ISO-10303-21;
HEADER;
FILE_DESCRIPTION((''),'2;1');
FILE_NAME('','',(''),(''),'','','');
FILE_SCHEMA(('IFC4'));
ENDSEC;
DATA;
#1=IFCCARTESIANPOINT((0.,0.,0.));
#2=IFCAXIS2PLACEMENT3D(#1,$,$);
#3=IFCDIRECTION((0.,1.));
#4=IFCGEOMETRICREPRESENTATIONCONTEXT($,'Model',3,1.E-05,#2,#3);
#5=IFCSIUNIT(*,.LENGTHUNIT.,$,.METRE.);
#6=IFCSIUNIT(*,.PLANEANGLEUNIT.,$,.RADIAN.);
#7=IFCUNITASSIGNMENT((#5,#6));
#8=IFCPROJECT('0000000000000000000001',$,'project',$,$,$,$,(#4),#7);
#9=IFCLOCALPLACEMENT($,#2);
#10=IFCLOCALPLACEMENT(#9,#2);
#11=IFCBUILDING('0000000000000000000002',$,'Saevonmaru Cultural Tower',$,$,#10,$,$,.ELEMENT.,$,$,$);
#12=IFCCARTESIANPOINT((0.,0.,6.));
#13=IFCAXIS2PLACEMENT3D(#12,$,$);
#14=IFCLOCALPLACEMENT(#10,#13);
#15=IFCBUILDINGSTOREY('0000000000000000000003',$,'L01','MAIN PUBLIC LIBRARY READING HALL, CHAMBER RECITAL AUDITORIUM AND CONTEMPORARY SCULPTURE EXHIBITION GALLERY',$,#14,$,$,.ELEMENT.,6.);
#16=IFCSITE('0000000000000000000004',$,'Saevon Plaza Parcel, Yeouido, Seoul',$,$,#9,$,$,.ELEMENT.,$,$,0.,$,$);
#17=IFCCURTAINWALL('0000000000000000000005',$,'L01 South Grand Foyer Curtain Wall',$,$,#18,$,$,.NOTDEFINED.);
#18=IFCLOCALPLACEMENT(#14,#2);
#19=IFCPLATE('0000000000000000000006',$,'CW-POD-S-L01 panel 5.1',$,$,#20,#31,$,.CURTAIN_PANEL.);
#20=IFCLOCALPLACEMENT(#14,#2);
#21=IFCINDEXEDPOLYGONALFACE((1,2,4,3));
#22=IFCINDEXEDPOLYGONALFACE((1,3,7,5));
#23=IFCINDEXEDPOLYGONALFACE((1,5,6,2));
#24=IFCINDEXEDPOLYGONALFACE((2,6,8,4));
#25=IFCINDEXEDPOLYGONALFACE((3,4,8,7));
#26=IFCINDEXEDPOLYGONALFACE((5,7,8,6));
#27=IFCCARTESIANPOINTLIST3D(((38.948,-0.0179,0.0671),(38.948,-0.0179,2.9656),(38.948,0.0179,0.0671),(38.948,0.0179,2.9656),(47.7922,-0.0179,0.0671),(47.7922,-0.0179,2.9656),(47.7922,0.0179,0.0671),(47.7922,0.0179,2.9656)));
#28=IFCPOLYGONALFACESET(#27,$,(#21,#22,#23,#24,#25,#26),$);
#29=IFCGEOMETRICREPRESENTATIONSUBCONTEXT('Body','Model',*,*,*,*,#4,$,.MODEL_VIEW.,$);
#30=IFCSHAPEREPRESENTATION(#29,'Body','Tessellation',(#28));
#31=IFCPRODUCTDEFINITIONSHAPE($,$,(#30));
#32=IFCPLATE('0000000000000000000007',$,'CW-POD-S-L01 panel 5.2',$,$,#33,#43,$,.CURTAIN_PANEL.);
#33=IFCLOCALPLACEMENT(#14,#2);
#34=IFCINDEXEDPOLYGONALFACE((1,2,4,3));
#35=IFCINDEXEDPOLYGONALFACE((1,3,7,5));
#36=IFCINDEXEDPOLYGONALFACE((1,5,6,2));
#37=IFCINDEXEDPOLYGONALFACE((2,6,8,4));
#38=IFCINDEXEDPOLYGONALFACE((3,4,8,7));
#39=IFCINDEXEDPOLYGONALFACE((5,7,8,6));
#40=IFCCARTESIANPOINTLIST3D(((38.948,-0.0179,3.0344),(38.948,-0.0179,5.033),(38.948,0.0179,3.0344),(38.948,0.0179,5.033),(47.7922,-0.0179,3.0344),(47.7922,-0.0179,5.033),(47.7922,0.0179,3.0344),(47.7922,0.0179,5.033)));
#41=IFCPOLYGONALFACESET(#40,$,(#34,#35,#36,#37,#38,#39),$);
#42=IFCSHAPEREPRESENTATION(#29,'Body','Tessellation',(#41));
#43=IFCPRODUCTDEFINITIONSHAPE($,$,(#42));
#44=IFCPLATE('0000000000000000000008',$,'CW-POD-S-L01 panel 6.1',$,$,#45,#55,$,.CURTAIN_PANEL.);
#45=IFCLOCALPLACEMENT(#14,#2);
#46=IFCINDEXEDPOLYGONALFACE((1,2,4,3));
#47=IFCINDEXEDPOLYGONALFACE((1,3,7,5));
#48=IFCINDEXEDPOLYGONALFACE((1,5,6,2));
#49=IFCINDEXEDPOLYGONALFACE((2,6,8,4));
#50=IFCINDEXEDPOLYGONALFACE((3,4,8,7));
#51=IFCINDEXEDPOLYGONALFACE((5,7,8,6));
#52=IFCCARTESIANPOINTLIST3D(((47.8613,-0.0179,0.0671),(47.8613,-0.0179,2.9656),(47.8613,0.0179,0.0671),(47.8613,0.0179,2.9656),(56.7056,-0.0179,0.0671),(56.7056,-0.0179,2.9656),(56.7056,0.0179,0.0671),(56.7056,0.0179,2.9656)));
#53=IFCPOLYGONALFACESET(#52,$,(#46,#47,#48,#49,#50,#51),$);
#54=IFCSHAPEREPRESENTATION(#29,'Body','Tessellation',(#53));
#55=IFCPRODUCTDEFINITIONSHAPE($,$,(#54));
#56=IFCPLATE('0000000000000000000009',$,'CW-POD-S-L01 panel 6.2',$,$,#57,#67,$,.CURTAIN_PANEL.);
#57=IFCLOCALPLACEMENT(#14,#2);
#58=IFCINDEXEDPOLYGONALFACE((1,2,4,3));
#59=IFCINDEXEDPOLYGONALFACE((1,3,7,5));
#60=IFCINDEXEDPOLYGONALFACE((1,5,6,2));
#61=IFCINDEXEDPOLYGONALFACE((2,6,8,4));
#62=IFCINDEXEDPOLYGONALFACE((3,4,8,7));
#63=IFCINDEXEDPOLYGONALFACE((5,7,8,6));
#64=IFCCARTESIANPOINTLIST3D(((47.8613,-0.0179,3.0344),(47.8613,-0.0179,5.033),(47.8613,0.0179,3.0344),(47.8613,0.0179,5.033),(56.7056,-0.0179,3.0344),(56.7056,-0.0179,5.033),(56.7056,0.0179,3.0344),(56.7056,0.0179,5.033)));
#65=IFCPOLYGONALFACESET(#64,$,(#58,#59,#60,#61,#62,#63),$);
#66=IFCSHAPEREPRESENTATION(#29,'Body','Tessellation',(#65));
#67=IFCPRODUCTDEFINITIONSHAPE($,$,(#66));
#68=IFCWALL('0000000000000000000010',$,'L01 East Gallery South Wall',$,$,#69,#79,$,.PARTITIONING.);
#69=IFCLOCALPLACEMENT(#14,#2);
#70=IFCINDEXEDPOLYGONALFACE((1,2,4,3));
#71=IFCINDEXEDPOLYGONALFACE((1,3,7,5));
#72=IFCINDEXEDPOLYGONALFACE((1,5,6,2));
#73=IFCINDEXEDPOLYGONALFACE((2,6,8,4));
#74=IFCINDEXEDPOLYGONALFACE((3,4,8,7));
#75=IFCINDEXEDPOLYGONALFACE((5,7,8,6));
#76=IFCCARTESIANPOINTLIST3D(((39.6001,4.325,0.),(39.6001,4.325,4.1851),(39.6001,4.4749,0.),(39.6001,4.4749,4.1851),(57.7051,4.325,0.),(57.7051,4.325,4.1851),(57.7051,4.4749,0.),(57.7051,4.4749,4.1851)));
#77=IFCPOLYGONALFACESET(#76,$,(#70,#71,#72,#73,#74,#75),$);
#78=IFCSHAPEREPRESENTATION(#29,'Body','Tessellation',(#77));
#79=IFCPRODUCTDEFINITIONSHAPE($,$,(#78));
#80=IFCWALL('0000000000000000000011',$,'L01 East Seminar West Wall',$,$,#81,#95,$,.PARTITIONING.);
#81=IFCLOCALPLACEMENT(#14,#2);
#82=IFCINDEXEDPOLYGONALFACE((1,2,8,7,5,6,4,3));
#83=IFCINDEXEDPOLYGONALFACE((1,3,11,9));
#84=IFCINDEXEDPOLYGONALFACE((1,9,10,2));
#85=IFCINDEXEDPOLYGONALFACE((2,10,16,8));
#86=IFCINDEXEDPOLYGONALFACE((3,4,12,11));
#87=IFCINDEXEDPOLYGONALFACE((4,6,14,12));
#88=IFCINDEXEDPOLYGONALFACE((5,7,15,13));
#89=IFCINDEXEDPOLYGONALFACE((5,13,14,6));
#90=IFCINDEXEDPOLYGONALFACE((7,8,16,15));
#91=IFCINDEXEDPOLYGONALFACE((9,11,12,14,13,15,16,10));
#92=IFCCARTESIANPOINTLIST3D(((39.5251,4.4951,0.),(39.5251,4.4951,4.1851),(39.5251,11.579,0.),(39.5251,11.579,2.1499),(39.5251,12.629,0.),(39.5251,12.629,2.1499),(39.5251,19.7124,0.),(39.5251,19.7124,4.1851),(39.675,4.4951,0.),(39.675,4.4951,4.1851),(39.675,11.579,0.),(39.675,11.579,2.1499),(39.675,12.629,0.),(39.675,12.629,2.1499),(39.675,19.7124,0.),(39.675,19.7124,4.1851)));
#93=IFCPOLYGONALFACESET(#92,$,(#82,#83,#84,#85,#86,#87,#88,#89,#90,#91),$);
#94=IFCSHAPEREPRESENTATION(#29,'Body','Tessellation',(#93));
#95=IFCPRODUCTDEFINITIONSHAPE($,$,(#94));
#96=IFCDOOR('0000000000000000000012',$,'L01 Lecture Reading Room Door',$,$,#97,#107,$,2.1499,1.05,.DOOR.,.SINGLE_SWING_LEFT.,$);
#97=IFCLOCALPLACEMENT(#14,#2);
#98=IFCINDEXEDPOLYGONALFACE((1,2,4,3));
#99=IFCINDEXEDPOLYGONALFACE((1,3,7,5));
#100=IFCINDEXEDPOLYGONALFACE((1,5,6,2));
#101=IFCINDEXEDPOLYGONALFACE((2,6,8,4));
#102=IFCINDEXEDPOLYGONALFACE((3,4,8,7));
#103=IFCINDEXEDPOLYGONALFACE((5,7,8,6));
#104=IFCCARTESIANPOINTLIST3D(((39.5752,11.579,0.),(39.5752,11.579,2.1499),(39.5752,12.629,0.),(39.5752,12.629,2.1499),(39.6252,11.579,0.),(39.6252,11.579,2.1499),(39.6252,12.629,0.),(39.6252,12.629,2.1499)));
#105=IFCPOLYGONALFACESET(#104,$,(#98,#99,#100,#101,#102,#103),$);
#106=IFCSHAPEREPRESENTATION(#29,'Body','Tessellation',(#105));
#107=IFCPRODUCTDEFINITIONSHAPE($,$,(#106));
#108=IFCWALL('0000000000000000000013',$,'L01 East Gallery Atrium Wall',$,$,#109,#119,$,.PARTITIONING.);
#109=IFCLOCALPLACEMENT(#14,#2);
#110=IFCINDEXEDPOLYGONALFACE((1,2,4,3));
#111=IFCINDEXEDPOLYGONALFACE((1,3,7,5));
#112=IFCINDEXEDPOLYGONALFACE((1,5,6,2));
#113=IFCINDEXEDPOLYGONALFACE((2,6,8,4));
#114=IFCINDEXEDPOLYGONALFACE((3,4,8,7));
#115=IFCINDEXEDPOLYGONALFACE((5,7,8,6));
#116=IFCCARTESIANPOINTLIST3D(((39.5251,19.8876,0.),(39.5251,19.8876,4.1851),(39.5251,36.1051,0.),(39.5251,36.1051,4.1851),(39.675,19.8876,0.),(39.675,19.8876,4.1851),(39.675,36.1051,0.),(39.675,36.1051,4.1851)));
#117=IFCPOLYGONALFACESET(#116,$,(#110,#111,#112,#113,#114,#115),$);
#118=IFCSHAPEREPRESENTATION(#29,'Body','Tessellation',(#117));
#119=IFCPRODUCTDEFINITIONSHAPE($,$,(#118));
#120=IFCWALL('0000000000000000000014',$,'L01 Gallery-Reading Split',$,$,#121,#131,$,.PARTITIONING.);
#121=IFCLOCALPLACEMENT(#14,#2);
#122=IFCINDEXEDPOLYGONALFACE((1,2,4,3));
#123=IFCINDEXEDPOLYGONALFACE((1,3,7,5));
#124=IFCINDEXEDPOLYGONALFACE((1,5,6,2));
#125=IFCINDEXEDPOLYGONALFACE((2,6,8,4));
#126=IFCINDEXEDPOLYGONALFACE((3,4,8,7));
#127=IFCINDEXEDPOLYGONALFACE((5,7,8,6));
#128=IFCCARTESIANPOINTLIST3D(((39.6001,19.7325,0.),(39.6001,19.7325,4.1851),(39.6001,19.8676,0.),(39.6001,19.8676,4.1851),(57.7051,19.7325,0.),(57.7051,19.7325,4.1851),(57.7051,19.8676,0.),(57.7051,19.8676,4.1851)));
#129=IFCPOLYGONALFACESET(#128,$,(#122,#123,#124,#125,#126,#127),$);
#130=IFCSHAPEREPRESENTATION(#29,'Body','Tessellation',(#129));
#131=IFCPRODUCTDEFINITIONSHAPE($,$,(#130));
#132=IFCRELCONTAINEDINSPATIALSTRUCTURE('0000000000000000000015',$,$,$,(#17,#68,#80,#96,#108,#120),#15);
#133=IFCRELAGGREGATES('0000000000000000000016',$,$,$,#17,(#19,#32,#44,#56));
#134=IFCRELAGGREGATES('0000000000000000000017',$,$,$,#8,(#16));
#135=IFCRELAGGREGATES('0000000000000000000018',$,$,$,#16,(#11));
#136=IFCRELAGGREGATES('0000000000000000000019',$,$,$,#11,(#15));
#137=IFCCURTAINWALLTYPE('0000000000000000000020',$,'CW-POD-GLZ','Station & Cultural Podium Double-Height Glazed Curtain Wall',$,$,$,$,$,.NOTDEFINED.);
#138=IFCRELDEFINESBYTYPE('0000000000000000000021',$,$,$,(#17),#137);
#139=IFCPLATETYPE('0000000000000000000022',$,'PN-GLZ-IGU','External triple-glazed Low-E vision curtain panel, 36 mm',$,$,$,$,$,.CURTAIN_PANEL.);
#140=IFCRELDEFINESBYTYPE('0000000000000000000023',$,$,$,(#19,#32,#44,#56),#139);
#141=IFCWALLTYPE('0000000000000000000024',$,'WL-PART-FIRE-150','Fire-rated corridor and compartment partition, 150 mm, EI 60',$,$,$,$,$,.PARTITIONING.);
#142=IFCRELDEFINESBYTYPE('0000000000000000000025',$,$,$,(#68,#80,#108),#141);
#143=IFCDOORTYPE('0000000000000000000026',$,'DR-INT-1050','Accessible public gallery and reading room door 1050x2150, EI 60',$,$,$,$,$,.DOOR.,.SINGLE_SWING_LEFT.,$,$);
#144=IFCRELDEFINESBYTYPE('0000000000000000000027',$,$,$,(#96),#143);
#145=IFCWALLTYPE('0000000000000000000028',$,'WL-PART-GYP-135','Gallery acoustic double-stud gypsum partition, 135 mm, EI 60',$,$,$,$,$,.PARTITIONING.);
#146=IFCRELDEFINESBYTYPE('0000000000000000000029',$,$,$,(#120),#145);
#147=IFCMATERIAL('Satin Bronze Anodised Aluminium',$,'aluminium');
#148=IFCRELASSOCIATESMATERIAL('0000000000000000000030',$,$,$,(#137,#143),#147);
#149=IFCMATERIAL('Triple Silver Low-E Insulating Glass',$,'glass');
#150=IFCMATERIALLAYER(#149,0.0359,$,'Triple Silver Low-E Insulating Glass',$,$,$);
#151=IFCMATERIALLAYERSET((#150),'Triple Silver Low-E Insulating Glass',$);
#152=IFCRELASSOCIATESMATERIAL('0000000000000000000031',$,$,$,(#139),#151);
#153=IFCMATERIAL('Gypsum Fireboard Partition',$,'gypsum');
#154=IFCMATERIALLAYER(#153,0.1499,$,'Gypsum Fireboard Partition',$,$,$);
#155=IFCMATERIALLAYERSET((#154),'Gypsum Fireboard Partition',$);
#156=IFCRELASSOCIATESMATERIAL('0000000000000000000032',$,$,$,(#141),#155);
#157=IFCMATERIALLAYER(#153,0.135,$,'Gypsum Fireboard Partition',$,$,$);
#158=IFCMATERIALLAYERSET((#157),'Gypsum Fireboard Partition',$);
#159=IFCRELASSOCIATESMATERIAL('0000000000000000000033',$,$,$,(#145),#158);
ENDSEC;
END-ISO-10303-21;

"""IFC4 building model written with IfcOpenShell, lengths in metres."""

from ifc_helpers import new_model, si_unit, direction, frame, frame_2d, origin, origin_2d, place, context, subcontext, project, spatial, rectangle, extrude, material, layer, layer_set, type_object, element, fill, aggregate, save


model = new_model("IFC4")

# Units and contexts
model_context = context("Model", 3, precision=1e-05, world=origin(), true_north=direction((0.0, 1.0)))
body_context = subcontext(model_context, "Body", "Model", "MODEL_VIEW")
ifc_project = project(units=[si_unit("LENGTHUNIT", "METRE"), si_unit("PLANEANGLEUNIT", "RADIAN")], contexts=[model_context])

# Site, building, storey
site_placement = place(None, origin())
site = spatial("IfcSite", under=ifc_project, at=site_placement, Name="Saevon Plaza Parcel, Yeouido, Seoul", CompositionType="ELEMENT", RefElevation=0.0)
building_placement = place(site_placement, origin())
building = spatial("IfcBuilding", under=site, at=building_placement, Name="Saevonmaru Cultural Tower", CompositionType="ELEMENT")
storey_placement = place(building_placement, frame((0.0, 0.0, 6.0)))
storey = spatial("IfcBuildingStorey", under=building, at=storey_placement, Name="L01", Description="MAIN PUBLIC LIBRARY READING HALL, CHAMBER RECITAL AUDITORIUM AND CONTEMPORARY SCULPTURE EXHIBITION GALLERY", CompositionType="ELEMENT", Elevation=6.0)

# Curtain wall, plates
ifc_material_1 = material(Name="Satin Bronze Anodised Aluminium", Category="aluminium")
curtain_wall_type = type_object("IfcCurtainWallType", Name="CW-POD-GLZ", Description="Station & Cultural Podium Double-Height Glazed Curtain Wall", PredefinedType="NOTDEFINED", material=ifc_material_1)
curtain_wall_placement = place(storey_placement, origin())
curtain_wall = element("IfcCurtainWall", 1, at=curtain_wall_placement, inside=storey, type_object=curtain_wall_type, Name="L01 South Grand Foyer Curtain Wall", PredefinedType="NOTDEFINED")
ifc_material_2 = material(Name="Triple Silver Low-E Insulating Glass", Category="glass")
ifc_layer_1 = layer(ifc_material_2, 0.0359, Name="Triple Silver Low-E Insulating Glass")
ifc_layer_set_1 = layer_set([ifc_layer_1], Name="Triple Silver Low-E Insulating Glass")
plate_type = type_object("IfcPlateType", Name="PN-GLZ-IGU", Description="External triple-glazed Low-E vision curtain panel, 36 mm", PredefinedType="CURTAIN_PANEL", material=ifc_layer_set_1)
plate_1_placement = place(storey_placement, frame((43.3701, 0.0, 0.0671), z_axis=(0.0, 0.0, 1.0), x_axis=(1.0, 0.0, 0.0)))
plate_1 = element("IfcPlate", 2, at=plate_1_placement, type_object=plate_type, Name="CW-POD-S-L01 panel 5.1", PredefinedType="CURTAIN_PANEL", context=body_context, shape_type="SweptSolid", body=[
    extrude(rectangle(XDim=8.8442, YDim=0.0359, at=origin_2d()), origin(), (0.0, 0.0, 1.0), 2.8984),
])
plate_2_placement = place(storey_placement, frame((43.3701, 0.0, 3.0344), z_axis=(0.0, 0.0, 1.0), x_axis=(1.0, 0.0, 0.0)))
plate_2 = element("IfcPlate", 3, at=plate_2_placement, type_object=plate_type, Name="CW-POD-S-L01 panel 5.2", PredefinedType="CURTAIN_PANEL", context=body_context, shape_type="SweptSolid", body=[
    extrude(rectangle(XDim=8.8442, YDim=0.0359, at=origin_2d()), origin(), (0.0, 0.0, 1.0), 1.9985),
])
plate_3_placement = place(storey_placement, frame((52.2834, 0.0, 0.0671), z_axis=(0.0, 0.0, 1.0), x_axis=(1.0, 0.0, 0.0)))
plate_3 = element("IfcPlate", 4, at=plate_3_placement, type_object=plate_type, Name="CW-POD-S-L01 panel 6.1", PredefinedType="CURTAIN_PANEL", context=body_context, shape_type="SweptSolid", body=[
    extrude(rectangle(XDim=8.8442, YDim=0.0359, at=origin_2d()), origin(), (0.0, 0.0, 1.0), 2.8984),
])
plate_4_placement = place(storey_placement, frame((52.2834, 0.0, 3.0344), z_axis=(0.0, 0.0, 1.0), x_axis=(1.0, 0.0, 0.0)))
plate_4 = element("IfcPlate", 5, at=plate_4_placement, type_object=plate_type, Name="CW-POD-S-L01 panel 6.2", PredefinedType="CURTAIN_PANEL", context=body_context, shape_type="SweptSolid", body=[
    extrude(rectangle(XDim=8.8442, YDim=0.0359, at=origin_2d()), origin(), (0.0, 0.0, 1.0), 1.9985),
])
aggregate(curtain_wall, [plate_1, plate_2, plate_3, plate_4])

# Wall
ifc_material_3 = material(Name="Gypsum Fireboard Partition", Category="gypsum")
ifc_layer_2 = layer(ifc_material_3, 0.1499, Name="Gypsum Fireboard Partition")
ifc_layer_set_2 = layer_set([ifc_layer_2], Name="Gypsum Fireboard Partition")
wall_type_1 = type_object("IfcWallType", Name="WL-PART-FIRE-150", Description="Fire-rated corridor and compartment partition, 150 mm, EI 60", PredefinedType="PARTITIONING", material=ifc_layer_set_2)
wall_1_placement = place(storey_placement, frame((39.6001, 4.3999, 0.0), z_axis=(0.0, 0.0, 1.0), x_axis=(1.0, 0.0, 0.0)))
element("IfcWall", 6, at=wall_1_placement, inside=storey, type_object=wall_type_1, Name="L01 East Gallery South Wall", PredefinedType="PARTITIONING", context=body_context, shape_type="SweptSolid", body=[
    extrude(rectangle(XDim=18.105, YDim=0.1499, at=frame_2d((9.0525, 0.0))), origin(), (0.0, 0.0, 1.0), 4.1851),
])

# Wall, opening, door
wall_2_placement = place(storey_placement, frame((39.6001, 4.4951, 0.0), z_axis=(0.0, 0.0, 1.0), x_axis=(0.0, 1.0, 0.0)))
wall_2 = element("IfcWall", 7, at=wall_2_placement, inside=storey, type_object=wall_type_1, Name="L01 East Seminar West Wall", PredefinedType="PARTITIONING", context=body_context, shape_type="SweptSolid", body=[
    extrude(rectangle(XDim=15.2173, YDim=0.1499, at=frame_2d((7.6086, 0.0))), origin(), (0.0, 0.0, 1.0), 4.1851),
])
opening_placement = place(wall_2_placement, frame((7.084, 0.0, 0.0)))
opening = element("IfcOpeningElement", 8, at=opening_placement, cuts=wall_2, PredefinedType="OPENING", context=body_context, shape_type="SweptSolid", body=[
    extrude(rectangle(XDim=1.05, YDim=2.1499, at=frame_2d((0.5249, 1.075))), frame((0.0, 0.085, 0.0), z_axis=(0.0, -1.0, 0.0), x_axis=(1.0, 0.0, 0.0)), (0.0, 0.0, 1.0), 0.1699),
])
door_type = type_object("IfcDoorType", Name="DR-INT-1050", Description="Accessible public gallery and reading room door 1050x2150, EI 60", OperationType="SINGLE_SWING_LEFT", PredefinedType="DOOR", material=ifc_material_1)
door_placement = place(opening_placement, origin())
door = element("IfcDoor", 9, at=door_placement, inside=storey, type_object=door_type, Name="L01 Lecture Reading Room Door", OperationType="SINGLE_SWING_LEFT", OverallHeight=2.1499, OverallWidth=1.05, PredefinedType="DOOR", context=body_context, shape_type="SweptSolid", body=[
    extrude(rectangle(XDim=1.05, YDim=2.1499, at=frame_2d((0.5249, 1.075))), frame((0.0, 0.0249, 0.0), z_axis=(0.0, -1.0, 0.0), x_axis=(1.0, 0.0, 0.0)), (0.0, 0.0, 1.0), 0.05),
])
fill(opening, door)

# Walls
wall_3_placement = place(storey_placement, frame((39.6001, 19.8875, 0.0), z_axis=(0.0, 0.0, 1.0), x_axis=(0.0, 1.0, 0.0)))
element("IfcWall", 10, at=wall_3_placement, inside=storey, type_object=wall_type_1, Name="L01 East Gallery Atrium Wall", PredefinedType="PARTITIONING", context=body_context, shape_type="SweptSolid", body=[
    extrude(rectangle(XDim=16.2175, YDim=0.1499, at=frame_2d((8.1089, 0.0))), origin(), (0.0, 0.0, 1.0), 4.1851),
])
ifc_layer_3 = layer(ifc_material_3, 0.135, Name="Gypsum Fireboard Partition")
ifc_layer_set_3 = layer_set([ifc_layer_3], Name="Gypsum Fireboard Partition")
wall_type_2 = type_object("IfcWallType", Name="WL-PART-GYP-135", Description="Gallery acoustic double-stud gypsum partition, 135 mm, EI 60", PredefinedType="PARTITIONING", material=ifc_layer_set_3)
wall_4_placement = place(storey_placement, frame((39.6001, 19.8, 0.0), z_axis=(0.0, 0.0, 1.0), x_axis=(1.0, 0.0, 0.0)))
element("IfcWall", 11, at=wall_4_placement, inside=storey, type_object=wall_type_2, Name="L01 Gallery-Reading Split", PredefinedType="PARTITIONING", context=body_context, shape_type="SweptSolid", body=[
    extrude(rectangle(XDim=18.105, YDim=0.135, at=frame_2d((9.0525, 0.0))), origin(), (0.0, 0.0, 1.0), 4.1851),
])

save(model, "model.ifc")
